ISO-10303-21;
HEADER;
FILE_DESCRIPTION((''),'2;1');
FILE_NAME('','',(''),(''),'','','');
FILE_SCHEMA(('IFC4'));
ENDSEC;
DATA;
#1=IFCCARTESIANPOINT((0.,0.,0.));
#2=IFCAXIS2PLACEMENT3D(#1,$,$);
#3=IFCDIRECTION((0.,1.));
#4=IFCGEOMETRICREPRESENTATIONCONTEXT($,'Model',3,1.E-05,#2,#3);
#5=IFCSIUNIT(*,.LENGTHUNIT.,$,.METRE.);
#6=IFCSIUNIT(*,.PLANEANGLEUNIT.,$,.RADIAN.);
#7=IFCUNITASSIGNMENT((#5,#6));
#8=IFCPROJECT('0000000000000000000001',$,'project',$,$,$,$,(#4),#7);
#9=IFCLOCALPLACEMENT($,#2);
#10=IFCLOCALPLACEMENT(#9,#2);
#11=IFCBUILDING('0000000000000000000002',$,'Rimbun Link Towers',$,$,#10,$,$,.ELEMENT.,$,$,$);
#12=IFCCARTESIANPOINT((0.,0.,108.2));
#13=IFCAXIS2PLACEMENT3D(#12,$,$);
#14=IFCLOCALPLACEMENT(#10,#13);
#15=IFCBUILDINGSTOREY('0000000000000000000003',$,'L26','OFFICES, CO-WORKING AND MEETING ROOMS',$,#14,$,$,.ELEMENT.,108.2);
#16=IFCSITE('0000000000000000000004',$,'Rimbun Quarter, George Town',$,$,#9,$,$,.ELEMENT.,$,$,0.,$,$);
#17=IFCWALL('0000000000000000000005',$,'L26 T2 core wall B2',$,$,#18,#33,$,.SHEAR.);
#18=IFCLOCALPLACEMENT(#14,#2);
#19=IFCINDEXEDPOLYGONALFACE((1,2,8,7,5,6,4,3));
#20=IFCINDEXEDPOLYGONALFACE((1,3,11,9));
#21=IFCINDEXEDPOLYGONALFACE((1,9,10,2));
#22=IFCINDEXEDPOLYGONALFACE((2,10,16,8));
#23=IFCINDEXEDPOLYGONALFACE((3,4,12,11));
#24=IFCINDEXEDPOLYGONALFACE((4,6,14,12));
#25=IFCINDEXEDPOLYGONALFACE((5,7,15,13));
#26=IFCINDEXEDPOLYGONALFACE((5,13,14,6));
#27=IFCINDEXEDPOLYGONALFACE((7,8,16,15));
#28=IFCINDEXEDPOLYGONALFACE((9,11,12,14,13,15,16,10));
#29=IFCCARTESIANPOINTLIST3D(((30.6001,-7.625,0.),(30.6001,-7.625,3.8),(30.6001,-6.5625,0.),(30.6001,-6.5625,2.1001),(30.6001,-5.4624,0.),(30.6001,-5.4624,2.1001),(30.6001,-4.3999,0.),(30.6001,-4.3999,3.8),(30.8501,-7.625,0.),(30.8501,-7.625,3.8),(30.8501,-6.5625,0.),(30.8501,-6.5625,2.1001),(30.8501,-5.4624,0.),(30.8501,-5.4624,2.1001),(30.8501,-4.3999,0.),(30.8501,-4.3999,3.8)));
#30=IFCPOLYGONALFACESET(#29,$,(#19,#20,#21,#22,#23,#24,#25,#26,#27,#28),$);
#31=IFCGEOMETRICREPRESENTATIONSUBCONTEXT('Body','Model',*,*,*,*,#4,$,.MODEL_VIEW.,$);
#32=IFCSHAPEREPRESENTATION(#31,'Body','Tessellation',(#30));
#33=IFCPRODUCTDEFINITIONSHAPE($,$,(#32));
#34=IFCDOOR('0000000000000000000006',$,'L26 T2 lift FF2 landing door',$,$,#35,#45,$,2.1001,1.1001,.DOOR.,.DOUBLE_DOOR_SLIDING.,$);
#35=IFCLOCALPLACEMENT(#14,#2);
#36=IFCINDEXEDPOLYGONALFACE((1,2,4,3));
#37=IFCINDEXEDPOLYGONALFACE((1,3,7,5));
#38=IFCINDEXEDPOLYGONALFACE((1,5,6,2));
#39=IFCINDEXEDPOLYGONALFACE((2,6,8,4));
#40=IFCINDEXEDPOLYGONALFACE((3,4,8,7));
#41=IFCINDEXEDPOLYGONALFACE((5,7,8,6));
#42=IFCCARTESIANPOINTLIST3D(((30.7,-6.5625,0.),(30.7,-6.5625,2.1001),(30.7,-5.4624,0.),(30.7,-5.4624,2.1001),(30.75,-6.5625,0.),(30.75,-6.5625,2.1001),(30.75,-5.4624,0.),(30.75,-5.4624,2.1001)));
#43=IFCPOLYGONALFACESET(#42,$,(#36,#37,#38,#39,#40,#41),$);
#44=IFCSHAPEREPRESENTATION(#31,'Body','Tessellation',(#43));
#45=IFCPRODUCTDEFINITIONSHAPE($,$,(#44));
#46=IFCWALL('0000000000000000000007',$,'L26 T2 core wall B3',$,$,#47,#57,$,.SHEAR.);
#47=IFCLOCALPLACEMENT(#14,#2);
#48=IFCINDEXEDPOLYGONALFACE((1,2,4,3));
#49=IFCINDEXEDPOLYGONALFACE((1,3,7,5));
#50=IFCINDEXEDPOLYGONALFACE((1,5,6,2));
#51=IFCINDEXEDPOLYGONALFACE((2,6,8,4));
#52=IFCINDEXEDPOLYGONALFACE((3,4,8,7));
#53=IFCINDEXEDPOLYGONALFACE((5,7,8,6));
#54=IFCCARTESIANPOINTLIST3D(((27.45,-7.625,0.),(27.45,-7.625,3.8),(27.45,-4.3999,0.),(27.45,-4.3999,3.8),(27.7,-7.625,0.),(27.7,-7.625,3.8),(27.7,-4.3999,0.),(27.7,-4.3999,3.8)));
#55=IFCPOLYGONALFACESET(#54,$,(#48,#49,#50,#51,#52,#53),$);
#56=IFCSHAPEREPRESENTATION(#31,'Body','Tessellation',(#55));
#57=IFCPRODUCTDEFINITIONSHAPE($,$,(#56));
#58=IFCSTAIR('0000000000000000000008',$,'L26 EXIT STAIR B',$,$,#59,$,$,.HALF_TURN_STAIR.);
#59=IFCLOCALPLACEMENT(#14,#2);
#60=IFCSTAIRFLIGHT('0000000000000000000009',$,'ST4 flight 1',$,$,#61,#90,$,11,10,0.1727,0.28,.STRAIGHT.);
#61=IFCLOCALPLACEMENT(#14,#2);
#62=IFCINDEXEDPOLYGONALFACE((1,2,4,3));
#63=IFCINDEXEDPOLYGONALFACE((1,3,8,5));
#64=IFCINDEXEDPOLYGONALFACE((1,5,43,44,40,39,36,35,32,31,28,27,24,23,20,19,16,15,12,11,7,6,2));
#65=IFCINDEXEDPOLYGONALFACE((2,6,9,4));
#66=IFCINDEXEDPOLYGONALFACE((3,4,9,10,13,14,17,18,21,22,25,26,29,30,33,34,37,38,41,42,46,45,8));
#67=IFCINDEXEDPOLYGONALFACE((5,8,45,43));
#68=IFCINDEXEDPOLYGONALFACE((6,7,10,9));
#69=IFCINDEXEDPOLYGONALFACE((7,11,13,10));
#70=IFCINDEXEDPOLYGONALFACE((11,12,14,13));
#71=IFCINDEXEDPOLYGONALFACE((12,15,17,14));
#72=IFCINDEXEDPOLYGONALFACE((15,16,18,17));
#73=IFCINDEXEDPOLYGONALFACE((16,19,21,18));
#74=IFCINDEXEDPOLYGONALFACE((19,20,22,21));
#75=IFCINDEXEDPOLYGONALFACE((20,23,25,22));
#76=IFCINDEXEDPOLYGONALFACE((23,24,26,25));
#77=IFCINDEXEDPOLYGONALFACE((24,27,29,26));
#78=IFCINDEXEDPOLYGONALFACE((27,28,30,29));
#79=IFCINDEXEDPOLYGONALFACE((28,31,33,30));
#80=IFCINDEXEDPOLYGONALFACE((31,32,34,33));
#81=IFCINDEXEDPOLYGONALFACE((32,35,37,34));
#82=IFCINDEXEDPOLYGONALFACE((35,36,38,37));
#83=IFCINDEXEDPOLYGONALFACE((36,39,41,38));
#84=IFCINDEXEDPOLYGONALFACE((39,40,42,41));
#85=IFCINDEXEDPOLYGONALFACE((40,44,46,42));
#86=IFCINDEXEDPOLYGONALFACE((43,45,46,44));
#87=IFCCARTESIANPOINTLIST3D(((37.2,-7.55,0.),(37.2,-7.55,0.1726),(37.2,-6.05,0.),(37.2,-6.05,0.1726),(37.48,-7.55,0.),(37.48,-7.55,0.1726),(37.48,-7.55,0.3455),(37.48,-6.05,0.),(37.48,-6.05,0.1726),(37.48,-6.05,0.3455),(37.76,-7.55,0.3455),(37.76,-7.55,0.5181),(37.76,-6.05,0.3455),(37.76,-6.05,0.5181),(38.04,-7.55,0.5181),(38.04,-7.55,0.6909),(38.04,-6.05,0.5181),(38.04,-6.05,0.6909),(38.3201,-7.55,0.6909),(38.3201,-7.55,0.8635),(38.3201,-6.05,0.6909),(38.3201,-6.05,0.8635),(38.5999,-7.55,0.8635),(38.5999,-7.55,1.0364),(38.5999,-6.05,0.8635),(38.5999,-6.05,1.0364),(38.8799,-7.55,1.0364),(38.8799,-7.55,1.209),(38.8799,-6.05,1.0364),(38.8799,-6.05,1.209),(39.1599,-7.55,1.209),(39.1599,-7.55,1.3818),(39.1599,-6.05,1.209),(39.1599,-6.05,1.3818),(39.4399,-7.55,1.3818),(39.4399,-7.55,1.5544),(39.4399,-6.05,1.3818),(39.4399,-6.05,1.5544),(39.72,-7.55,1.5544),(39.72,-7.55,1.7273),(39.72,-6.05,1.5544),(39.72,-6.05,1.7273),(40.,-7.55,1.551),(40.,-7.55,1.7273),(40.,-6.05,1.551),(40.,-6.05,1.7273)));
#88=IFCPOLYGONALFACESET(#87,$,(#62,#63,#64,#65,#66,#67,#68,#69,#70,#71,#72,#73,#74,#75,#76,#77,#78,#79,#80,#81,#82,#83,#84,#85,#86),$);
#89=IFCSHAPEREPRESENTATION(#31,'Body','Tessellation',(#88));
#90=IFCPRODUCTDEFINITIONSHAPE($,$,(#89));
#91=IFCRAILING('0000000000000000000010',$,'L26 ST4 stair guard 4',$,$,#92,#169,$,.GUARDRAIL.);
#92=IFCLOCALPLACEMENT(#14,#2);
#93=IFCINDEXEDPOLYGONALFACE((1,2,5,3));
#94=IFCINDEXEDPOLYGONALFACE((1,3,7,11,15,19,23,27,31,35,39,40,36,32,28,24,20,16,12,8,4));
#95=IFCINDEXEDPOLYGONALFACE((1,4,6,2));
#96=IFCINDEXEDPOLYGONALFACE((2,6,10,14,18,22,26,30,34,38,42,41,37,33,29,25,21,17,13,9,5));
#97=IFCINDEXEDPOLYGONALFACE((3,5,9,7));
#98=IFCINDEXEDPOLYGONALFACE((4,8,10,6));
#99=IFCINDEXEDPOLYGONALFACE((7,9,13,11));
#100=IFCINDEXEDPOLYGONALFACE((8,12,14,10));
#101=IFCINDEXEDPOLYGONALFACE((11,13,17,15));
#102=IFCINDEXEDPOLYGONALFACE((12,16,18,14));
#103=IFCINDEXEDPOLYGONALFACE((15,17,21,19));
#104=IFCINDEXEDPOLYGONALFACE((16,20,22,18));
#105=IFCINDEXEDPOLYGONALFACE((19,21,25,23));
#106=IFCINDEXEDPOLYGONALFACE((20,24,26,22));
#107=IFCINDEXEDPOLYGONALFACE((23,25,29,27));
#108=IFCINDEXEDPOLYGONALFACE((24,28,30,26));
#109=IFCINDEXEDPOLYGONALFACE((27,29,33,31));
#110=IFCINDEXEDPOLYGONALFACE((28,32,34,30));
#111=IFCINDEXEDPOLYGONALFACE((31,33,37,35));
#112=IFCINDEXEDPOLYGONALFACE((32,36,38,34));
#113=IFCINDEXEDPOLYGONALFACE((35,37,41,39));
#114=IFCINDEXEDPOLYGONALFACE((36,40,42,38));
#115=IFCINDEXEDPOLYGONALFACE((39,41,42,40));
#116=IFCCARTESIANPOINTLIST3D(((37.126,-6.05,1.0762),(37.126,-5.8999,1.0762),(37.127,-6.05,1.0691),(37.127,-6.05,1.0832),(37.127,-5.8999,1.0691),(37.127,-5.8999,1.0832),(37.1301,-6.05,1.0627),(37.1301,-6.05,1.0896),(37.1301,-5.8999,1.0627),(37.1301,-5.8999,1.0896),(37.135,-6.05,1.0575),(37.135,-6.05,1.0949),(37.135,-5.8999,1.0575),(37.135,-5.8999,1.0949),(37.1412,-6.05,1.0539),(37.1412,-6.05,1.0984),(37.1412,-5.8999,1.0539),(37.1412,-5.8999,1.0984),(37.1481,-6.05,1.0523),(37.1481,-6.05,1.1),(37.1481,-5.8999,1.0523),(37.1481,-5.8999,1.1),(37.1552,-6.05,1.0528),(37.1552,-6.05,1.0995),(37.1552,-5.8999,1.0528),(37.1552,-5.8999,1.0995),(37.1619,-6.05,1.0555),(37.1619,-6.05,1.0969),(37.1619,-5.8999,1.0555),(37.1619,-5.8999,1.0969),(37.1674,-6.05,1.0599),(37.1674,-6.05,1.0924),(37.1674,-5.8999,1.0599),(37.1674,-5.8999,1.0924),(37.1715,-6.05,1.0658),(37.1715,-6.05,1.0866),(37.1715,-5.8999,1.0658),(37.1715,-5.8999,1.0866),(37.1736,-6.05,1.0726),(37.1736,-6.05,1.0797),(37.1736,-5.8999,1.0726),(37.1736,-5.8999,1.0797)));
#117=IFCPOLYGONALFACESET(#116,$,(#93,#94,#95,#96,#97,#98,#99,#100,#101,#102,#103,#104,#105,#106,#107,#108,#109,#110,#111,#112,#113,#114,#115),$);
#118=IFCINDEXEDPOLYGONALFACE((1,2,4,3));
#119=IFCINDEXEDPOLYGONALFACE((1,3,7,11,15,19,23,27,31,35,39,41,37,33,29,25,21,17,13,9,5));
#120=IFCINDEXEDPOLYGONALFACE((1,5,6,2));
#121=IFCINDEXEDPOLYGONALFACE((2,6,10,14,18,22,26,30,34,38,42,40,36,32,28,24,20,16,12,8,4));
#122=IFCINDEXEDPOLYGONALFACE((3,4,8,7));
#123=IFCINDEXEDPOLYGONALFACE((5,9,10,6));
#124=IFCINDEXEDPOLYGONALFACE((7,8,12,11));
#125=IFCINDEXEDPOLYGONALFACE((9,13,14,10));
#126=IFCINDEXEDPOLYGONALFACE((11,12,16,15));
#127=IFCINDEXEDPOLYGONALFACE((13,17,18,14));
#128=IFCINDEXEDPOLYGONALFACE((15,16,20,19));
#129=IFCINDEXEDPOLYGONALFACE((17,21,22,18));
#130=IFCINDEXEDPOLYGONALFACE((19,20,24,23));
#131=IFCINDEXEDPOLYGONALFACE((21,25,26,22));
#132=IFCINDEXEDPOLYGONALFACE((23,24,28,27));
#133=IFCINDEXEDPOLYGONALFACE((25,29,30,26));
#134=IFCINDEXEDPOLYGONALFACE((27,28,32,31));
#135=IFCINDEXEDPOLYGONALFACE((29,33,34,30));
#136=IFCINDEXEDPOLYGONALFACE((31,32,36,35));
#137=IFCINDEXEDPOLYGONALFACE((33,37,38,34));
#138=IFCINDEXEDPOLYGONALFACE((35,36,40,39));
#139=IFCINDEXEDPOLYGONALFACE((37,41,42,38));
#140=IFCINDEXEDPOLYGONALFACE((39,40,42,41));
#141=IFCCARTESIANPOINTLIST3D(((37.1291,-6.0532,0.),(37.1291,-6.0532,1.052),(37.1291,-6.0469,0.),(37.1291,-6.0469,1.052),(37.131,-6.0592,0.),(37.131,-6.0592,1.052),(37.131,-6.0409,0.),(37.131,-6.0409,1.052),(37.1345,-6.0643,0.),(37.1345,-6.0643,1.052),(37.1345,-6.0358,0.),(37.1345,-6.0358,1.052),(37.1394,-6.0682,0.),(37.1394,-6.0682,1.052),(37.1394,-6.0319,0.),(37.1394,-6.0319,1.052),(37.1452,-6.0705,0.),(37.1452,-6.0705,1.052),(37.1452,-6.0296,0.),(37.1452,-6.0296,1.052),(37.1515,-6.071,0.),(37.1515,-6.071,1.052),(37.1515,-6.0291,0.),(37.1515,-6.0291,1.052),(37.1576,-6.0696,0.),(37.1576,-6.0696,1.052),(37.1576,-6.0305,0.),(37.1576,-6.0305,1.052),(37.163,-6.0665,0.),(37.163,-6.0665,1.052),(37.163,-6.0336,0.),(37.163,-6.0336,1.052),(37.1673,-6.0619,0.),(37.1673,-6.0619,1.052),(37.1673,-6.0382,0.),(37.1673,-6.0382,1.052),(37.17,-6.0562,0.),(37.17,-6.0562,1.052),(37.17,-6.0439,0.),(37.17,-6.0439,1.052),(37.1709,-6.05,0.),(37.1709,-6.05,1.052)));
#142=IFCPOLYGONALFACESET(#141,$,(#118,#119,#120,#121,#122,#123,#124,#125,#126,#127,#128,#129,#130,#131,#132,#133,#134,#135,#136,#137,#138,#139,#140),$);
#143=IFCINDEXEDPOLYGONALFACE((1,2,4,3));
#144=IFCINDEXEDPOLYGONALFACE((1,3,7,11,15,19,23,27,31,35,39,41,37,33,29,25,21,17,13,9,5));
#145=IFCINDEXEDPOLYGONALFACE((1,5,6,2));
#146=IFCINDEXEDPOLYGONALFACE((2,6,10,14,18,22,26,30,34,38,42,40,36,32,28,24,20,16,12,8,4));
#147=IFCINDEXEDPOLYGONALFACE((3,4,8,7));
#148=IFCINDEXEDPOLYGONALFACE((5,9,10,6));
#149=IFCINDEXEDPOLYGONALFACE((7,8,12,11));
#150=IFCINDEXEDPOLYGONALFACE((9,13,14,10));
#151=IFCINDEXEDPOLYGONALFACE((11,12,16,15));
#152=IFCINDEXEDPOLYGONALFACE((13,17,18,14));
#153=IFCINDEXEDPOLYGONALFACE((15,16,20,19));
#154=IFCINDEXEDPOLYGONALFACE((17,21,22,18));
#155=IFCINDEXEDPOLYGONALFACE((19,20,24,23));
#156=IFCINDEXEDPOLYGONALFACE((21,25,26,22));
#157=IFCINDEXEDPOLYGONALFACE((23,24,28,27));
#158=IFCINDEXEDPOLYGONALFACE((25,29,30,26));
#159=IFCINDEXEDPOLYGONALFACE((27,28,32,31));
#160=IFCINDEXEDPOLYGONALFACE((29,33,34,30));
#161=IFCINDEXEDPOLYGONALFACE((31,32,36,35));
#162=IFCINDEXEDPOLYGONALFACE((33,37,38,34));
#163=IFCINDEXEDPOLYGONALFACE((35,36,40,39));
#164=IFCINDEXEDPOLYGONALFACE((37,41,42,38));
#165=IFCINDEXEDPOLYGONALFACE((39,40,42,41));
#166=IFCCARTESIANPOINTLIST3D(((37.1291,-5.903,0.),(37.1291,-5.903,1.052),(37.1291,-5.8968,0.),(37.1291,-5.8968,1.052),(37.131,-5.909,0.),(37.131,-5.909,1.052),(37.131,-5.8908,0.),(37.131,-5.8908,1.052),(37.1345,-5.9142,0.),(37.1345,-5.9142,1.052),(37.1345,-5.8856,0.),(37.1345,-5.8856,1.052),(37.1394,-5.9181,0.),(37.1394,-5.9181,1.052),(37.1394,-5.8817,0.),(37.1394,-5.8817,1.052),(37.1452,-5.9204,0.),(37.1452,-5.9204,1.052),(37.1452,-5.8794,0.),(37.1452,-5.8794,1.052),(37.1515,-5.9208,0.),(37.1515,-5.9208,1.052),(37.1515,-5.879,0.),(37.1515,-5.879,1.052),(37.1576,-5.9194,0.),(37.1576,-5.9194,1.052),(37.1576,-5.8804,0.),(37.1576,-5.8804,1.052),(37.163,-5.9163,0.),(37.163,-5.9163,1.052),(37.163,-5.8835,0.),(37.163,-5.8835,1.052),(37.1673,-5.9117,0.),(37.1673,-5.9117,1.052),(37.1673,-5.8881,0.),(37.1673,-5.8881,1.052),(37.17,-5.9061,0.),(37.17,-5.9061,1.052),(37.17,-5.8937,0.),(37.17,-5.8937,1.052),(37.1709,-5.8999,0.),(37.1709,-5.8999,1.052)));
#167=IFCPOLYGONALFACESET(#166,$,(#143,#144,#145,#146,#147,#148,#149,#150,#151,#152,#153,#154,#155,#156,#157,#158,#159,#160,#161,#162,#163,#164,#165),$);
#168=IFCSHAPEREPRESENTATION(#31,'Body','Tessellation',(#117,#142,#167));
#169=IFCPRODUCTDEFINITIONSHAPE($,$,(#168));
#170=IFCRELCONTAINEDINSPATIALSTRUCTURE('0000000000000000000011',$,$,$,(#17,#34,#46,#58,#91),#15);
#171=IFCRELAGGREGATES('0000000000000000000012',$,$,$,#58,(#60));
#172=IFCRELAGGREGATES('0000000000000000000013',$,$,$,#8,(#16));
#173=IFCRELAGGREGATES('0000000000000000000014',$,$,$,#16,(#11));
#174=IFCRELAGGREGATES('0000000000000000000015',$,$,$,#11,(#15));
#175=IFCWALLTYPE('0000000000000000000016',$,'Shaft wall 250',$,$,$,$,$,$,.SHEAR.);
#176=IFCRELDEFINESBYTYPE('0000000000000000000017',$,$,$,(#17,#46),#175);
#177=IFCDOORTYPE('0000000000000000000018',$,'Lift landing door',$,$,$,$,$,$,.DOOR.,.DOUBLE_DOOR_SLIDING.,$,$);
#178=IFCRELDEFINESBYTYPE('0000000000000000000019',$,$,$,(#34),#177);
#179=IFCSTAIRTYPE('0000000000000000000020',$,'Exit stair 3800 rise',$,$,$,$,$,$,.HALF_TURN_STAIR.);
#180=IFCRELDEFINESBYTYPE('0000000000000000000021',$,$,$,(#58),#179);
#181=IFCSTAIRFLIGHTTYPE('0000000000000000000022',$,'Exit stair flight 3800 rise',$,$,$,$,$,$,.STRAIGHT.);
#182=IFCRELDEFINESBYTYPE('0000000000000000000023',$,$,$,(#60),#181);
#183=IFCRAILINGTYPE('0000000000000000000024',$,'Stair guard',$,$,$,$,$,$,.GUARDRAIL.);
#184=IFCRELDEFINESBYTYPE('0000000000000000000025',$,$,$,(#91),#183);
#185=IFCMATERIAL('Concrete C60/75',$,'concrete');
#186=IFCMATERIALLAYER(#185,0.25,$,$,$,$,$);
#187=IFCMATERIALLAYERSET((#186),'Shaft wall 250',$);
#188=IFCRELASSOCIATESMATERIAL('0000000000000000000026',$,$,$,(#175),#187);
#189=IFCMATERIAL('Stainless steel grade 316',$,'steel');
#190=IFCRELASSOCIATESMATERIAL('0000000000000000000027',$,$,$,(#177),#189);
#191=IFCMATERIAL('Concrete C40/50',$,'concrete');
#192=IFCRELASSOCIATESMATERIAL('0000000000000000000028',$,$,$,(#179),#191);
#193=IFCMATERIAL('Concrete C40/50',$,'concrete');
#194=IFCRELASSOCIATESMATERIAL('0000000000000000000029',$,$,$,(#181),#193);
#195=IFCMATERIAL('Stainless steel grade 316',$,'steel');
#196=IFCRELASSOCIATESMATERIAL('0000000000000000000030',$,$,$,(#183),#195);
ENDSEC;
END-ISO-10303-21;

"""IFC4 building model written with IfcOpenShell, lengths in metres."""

from ifc_helpers import new_model, si_unit, direction, frame, frame_2d, origin, origin_2d, place, context, subcontext, project, spatial, polyline, rectangle, circle, outline, extrude, material, layer, layer_set, type_object, element, fill, aggregate, save


model = new_model("IFC4")

# Units and contexts
model_context = context("Model", 3, precision=1e-05, world=origin(), true_north=direction((0.0, 1.0)))
body_context = subcontext(model_context, "Body", "Model", "MODEL_VIEW")
ifc_project = project(units=[si_unit("LENGTHUNIT", "METRE"), si_unit("PLANEANGLEUNIT", "RADIAN")], contexts=[model_context])

# Site, building, storey
site_placement = place(None, origin())
site = spatial("IfcSite", under=ifc_project, at=site_placement, Name="Rimbun Quarter, George Town", CompositionType="ELEMENT", RefElevation=0.0)
building_placement = place(site_placement, origin())
building = spatial("IfcBuilding", under=site, at=building_placement, Name="Rimbun Link Towers", CompositionType="ELEMENT")
storey_placement = place(building_placement, frame((0.0, 0.0, 108.2)))
storey = spatial("IfcBuildingStorey", under=building, at=storey_placement, Name="L26", Description="OFFICES, CO-WORKING AND MEETING ROOMS", CompositionType="ELEMENT", Elevation=108.2)

# Shared definitions
ifc_material_1 = material(Name="Concrete C60/75", Category="concrete")
ifc_layer = layer(ifc_material_1, 0.25)
ifc_layer_set = layer_set([ifc_layer], Name="Shaft wall 250")
wall_type = type_object("IfcWallType", Name="Shaft wall 250", PredefinedType="SHEAR", material=ifc_layer_set)

# Wall, opening, door
wall_1_placement = place(storey_placement, frame((30.7251, -4.3999, 0.0), z_axis=(0.0, 0.0, 1.0), x_axis=(0.0, -1.0, 0.0)))
wall_1 = element("IfcWall", 1, at=wall_1_placement, inside=storey, type_object=wall_type, Name="L26 T2 core wall B2", PredefinedType="SHEAR", context=body_context, shape_type="SweptSolid", body=[
    extrude(rectangle(XDim=3.2251, YDim=0.25, at=frame_2d((1.6125, 0.0))), origin(), (0.0, 0.0, 1.0), 3.8),
])
opening_1_placement = place(wall_1_placement, frame((1.0625, 0.0, 0.0)))
opening_1 = element("IfcOpeningElement", 2, at=opening_1_placement, cuts=wall_1, PredefinedType="OPENING", context=body_context, shape_type="SweptSolid", body=[
    extrude(rectangle(XDim=1.1001, YDim=2.1001, at=frame_2d((0.55, 1.05))), frame((0.0, 0.135, 0.0), z_axis=(0.0, -1.0, 0.0), x_axis=(1.0, 0.0, 0.0)), (0.0, 0.0, 1.0), 0.27),
])
ifc_material_2 = material(Name="Stainless steel grade 316", Category="steel")
door_type_1 = type_object("IfcDoorType", Name="Lift landing door", OperationType="DOUBLE_DOOR_SLIDING", PredefinedType="DOOR", material=ifc_material_2)
door_1_placement = place(opening_1_placement, origin())
door_1 = element("IfcDoor", 3, at=door_1_placement, inside=storey, type_object=door_type_1, Name="L26 T2 lift FF2 landing door", OperationType="DOUBLE_DOOR_SLIDING", OverallHeight=2.1001, OverallWidth=1.1001, PredefinedType="DOOR", context=body_context, shape_type="SweptSolid", body=[
    extrude(rectangle(XDim=1.1001, YDim=2.1001, at=frame_2d((0.55, 1.05))), frame((0.0, 0.0249, 0.0), z_axis=(0.0, -1.0, 0.0), x_axis=(1.0, 0.0, 0.0)), (0.0, 0.0, 1.0), 0.05),
])
fill(opening_1, door_1)

# Wall
wall_2_placement = place(storey_placement, frame((27.575, -4.3999, 0.0), z_axis=(0.0, 0.0, 1.0), x_axis=(0.0, -1.0, 0.0)))
element("IfcWall", 4, at=wall_2_placement, inside=storey, type_object=wall_type, Name="L26 T2 core wall B3", PredefinedType="SHEAR", context=body_context, shape_type="SweptSolid", body=[
    extrude(rectangle(XDim=3.2251, YDim=0.25, at=frame_2d((1.6125, 0.0))), origin(), (0.0, 0.0, 1.0), 3.8),
])

# Stair, stair flight
ifc_material_3 = material(Name="Concrete C40/50", Category="concrete")
stair_type = type_object("IfcStairType", Name="Exit stair 3800 rise", PredefinedType="HALF_TURN_STAIR", material=ifc_material_3)
stair_placement = place(storey_placement, origin())
stair = element("IfcStair", 5, at=stair_placement, inside=storey, type_object=stair_type, Name="L26 EXIT STAIR B", PredefinedType="HALF_TURN_STAIR")
ifc_material_4 = material(Name="Concrete C40/50", Category="concrete")
stair_flight_type = type_object("IfcStairFlightType", Name="Exit stair flight 3800 rise", PredefinedType="STRAIGHT", material=ifc_material_4)
stair_flight_placement = place(storey_placement, frame((37.2, -6.8, 0.0), z_axis=(0.0, 0.0, 1.0), x_axis=(1.0, 0.0, 0.0)))
stair_flight = element("IfcStairFlight", 6, at=stair_flight_placement, type_object=stair_flight_type, Name="ST4 flight 1", NumberOfRisers=11, NumberOfTreads=10, PredefinedType="STRAIGHT", RiserHeight=0.1727, TreadLength=0.28, context=body_context, shape_type="SweptSolid", body=[
    extrude(outline(polyline([(0.0, 0.0), (0.0, 0.1726), (0.28, 0.1726), (0.28, 0.3455), (0.5601, 0.3455), (0.5601, 0.5181), (0.8401, 0.5181), (0.8401, 0.6909), (1.1201, 0.6909), (1.1201, 0.8635), (1.3999, 0.8635), (1.3999, 1.0364), (1.6799, 1.0364), (1.6799, 1.209), (1.96, 1.209), (1.96, 1.3818), (2.24, 1.3818), (2.24, 1.5544), (2.52, 1.5544), (2.52, 1.7273), (2.8, 1.7273), (2.8, 1.8999), (2.8, 1.551), (0.28, 0.0), (0.0, 0.0)])), frame((0.0, 0.75, 0.0), z_axis=(0.0, -1.0, 0.0), x_axis=(1.0, 0.0, 0.0)), (0.0, 0.0, 1.0), 1.5),
])
aggregate(stair, [stair_flight])

# Railing
ifc_material_5 = material(Name="Stainless steel grade 316", Category="steel")
railing_type_1 = type_object("IfcRailingType", Name="Stair guard", PredefinedType="GUARDRAIL", material=ifc_material_5)
railing_1_placement = place(storey_placement, frame((37.1499, -6.05, 0.0)))
element("IfcRailing", 7, at=railing_1_placement, inside=storey, type_object=railing_type_1, Name="L26 ST4 stair guard 4", PredefinedType="GUARDRAIL", context=body_context, shape_type="SweptSolid", body=[
    extrude(circle(Radius=0.0239, at=origin_2d()), frame((0.0, 0.0, 1.0762), z_axis=(0.0, 1.0, 0.0), x_axis=(-1.0, 0.0, 0.0)), (0.0, 0.0, 1.0), 0.1501),
    extrude(circle(Radius=0.021, at=origin_2d()), origin(), (0.0, 0.0, 1.0), 1.052),
    extrude(circle(Radius=0.021, at=origin_2d()), frame((0.0, 0.1501, 0.0)), (0.0, 0.0, 1.0), 1.052),
])

save(model, "model.ifc")
